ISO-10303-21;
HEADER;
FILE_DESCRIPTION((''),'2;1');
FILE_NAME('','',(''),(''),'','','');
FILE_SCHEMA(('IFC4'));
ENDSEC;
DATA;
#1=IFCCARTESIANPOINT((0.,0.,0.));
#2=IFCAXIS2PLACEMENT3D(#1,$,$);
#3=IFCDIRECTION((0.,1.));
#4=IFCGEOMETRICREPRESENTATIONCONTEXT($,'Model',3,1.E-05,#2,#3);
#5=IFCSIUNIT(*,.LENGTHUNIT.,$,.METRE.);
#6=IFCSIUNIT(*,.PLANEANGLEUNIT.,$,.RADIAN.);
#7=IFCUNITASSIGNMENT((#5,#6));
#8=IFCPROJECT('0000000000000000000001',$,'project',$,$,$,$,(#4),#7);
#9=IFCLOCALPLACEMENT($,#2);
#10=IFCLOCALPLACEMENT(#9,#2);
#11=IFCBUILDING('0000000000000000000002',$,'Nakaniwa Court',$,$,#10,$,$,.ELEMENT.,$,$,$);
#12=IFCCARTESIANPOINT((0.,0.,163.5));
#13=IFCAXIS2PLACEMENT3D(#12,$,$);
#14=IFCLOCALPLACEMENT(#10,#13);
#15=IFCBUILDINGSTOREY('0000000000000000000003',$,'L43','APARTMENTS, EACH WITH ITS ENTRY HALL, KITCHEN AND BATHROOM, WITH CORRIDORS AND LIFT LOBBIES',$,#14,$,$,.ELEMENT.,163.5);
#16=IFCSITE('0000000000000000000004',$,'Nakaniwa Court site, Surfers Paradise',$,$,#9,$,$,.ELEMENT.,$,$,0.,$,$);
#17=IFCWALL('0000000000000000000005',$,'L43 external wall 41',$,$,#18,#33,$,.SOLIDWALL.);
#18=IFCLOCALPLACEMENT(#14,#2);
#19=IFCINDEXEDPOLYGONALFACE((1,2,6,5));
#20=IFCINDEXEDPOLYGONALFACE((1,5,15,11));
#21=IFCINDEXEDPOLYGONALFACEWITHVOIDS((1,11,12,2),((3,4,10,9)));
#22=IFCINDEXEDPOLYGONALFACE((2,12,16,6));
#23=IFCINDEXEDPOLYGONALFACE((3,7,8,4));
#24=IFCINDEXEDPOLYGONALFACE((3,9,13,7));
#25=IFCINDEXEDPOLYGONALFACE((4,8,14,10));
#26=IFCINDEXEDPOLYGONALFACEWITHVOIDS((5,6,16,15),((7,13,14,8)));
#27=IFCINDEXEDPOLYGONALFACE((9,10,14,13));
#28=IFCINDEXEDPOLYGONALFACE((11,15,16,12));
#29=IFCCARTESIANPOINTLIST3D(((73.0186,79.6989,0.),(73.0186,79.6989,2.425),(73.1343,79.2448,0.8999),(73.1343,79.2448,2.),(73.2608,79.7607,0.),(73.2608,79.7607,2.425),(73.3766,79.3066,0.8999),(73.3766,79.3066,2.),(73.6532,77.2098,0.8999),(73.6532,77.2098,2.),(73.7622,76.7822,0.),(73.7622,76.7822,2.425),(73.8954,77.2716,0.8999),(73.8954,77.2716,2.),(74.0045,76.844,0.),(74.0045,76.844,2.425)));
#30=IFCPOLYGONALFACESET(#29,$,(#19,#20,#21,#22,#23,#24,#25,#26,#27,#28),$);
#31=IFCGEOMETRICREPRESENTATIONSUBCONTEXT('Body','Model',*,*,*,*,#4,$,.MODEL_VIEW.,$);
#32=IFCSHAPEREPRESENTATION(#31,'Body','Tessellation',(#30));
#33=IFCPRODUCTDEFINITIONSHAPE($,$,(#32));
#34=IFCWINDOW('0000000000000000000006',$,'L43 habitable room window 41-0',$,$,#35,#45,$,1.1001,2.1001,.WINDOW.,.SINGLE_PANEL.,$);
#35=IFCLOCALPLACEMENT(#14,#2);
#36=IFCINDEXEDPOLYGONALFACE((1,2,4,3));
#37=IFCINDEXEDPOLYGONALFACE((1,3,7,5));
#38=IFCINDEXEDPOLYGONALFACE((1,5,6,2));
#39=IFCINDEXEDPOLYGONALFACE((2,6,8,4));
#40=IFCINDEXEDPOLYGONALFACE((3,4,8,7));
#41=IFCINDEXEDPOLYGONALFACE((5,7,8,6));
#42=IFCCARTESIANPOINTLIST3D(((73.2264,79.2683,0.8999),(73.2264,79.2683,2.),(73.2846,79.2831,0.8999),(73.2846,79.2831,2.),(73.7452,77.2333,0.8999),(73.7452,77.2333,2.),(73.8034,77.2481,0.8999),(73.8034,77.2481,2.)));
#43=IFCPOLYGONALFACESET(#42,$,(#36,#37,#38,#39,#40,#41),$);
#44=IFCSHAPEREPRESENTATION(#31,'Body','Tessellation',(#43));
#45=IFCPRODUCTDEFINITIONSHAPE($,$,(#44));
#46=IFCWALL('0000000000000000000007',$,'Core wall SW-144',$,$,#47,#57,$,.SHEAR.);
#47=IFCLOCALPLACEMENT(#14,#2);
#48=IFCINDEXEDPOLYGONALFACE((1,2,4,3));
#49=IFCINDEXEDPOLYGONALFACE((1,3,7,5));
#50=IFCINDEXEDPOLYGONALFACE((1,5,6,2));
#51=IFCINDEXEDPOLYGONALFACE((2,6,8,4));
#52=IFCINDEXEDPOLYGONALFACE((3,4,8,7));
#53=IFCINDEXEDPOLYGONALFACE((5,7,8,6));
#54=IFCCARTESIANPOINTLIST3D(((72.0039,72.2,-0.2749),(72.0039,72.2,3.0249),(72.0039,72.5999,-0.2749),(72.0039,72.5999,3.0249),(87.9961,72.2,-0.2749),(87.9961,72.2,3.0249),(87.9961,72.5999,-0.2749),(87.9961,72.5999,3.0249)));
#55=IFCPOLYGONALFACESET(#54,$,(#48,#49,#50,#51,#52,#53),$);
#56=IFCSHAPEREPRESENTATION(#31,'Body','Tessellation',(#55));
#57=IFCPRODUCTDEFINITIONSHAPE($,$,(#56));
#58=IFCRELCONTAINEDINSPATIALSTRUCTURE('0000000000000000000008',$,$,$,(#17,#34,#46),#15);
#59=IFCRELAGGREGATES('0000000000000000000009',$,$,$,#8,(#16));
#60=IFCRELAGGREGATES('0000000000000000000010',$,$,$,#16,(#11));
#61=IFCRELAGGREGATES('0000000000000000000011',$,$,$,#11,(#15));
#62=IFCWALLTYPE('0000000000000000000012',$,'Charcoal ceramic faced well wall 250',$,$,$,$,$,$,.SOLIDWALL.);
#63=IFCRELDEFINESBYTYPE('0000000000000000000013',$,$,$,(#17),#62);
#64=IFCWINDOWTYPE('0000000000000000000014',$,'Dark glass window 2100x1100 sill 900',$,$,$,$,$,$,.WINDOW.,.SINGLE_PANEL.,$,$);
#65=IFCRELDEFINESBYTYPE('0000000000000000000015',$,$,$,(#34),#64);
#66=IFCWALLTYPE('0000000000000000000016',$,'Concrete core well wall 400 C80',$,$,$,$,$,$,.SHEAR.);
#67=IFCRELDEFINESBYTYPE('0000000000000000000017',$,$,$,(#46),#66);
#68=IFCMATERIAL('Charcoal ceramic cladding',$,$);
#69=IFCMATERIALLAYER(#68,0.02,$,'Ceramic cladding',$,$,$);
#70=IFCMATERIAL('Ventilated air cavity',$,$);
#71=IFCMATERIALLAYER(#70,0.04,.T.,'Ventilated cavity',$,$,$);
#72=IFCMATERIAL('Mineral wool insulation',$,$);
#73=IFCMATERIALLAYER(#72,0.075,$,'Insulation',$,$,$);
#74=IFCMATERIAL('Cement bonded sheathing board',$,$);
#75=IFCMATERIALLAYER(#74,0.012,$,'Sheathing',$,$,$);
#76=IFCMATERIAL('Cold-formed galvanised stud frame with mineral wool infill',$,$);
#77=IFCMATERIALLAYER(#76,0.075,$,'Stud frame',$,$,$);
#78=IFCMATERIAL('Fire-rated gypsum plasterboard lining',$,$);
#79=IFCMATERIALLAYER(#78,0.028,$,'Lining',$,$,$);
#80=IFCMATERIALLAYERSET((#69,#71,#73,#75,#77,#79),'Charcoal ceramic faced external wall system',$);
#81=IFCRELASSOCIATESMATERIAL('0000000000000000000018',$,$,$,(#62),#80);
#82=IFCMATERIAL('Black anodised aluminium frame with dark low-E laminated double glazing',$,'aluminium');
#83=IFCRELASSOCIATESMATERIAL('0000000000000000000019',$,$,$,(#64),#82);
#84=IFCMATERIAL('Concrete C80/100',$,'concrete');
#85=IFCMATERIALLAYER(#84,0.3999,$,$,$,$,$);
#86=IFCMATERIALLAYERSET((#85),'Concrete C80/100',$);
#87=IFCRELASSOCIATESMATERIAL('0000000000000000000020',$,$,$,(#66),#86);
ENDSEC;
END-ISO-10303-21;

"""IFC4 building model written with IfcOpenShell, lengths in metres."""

from ifc_helpers import new_model, si_unit, direction, frame, frame_2d, origin, place, context, subcontext, project, spatial, rectangle, extrude, material, layer, layer_set, type_object, element, fill, save


model = new_model("IFC4")

# Units and contexts
model_context = context("Model", 3, precision=1e-05, world=origin(), true_north=direction((0.0, 1.0)))
body_context = subcontext(model_context, "Body", "Model", "MODEL_VIEW")
ifc_project = project(units=[si_unit("LENGTHUNIT", "METRE"), si_unit("PLANEANGLEUNIT", "RADIAN")], contexts=[model_context])

# Site, building, storey
site_placement = place(None, origin())
site = spatial("IfcSite", under=ifc_project, at=site_placement, Name="Nakaniwa Court site, Surfers Paradise", CompositionType="ELEMENT", RefElevation=0.0)
building_placement = place(site_placement, origin())
building = spatial("IfcBuilding", under=site, at=building_placement, Name="Nakaniwa Court", CompositionType="ELEMENT")
storey_placement = place(building_placement, frame((0.0, 0.0, 163.5)))
storey = spatial("IfcBuildingStorey", under=building, at=storey_placement, Name="L43", Description="APARTMENTS, EACH WITH ITS ENTRY HALL, KITCHEN AND BATHROOM, WITH CORRIDORS AND LIFT LOBBIES", CompositionType="ELEMENT", Elevation=163.5)

# Shared definitions
ifc_material_1 = material(Name="Concrete C80/100", Category="concrete")

# Wall, opening, window
ifc_material_2 = material(Name="Charcoal ceramic cladding")
ifc_layer_1 = layer(ifc_material_2, 0.02, Name="Ceramic cladding")
ifc_material_3 = material(Name="Ventilated air cavity")
ifc_layer_2 = layer(ifc_material_3, 0.04, ventilated=True, Name="Ventilated cavity")
ifc_material_4 = material(Name="Mineral wool insulation")
ifc_layer_3 = layer(ifc_material_4, 0.075, Name="Insulation")
ifc_material_5 = material(Name="Cement bonded sheathing board")
ifc_layer_4 = layer(ifc_material_5, 0.012, Name="Sheathing")
ifc_material_6 = material(Name="Cold-formed galvanised stud frame with mineral wool infill")
ifc_layer_5 = layer(ifc_material_6, 0.075, Name="Stud frame")
ifc_material_7 = material(Name="Fire-rated gypsum plasterboard lining")
ifc_layer_6 = layer(ifc_material_7, 0.028, Name="Lining")
ifc_layer_set_1 = layer_set([ifc_layer_1, ifc_layer_2, ifc_layer_3, ifc_layer_4, ifc_layer_5, ifc_layer_6], Name="Charcoal ceramic faced external wall system")
wall_type_1 = type_object("IfcWallType", Name="Charcoal ceramic faced well wall 250", PredefinedType="SOLIDWALL", material=ifc_layer_set_1)
ifc_material_8 = material(Name="Black anodised aluminium frame with dark low-E laminated double glazing", Category="aluminium")
window_type = type_object("IfcWindowType", Name="Dark glass window 2100x1100 sill 900", PartitioningType="SINGLE_PANEL", PredefinedType="WINDOW", material=ifc_material_8)
wall_1_placement = place(storey_placement, frame((73.8833, 76.8132, 0.0), z_axis=(0.0, 0.0, 1.0), x_axis=(-0.247056, 0.969001, 0.0)))
wall_1 = element("IfcWall", 1, at=wall_1_placement, inside=storey, type_object=wall_type_1, Name="L43 external wall 41", PredefinedType="SOLIDWALL", context=body_context, shape_type="SweptSolid", body=[
    extrude(rectangle(XDim=3.01, YDim=0.25, at=frame_2d((1.5049, 0.0))), origin(), (0.0, 0.0, 1.0), 2.425),
])
opening_1_placement = place(wall_1_placement, frame((0.4412, 0.0, 0.8999)))
opening_1 = element("IfcOpeningElement", 2, at=opening_1_placement, cuts=wall_1, PredefinedType="OPENING", context=body_context, shape_type="SweptSolid", body=[
    extrude(rectangle(XDim=2.1001, YDim=1.1001, at=frame_2d((1.05, 0.55))), frame((0.0, 0.135, 0.0), z_axis=(0.0, -1.0, 0.0), x_axis=(1.0, 0.0, 0.0)), (0.0, 0.0, 1.0), 0.27),
])
window_1_placement = place(opening_1_placement, origin())
window_1 = element("IfcWindow", 3, at=window_1_placement, inside=storey, type_object=window_type, Name="L43 habitable room window 41-0", OverallHeight=1.1001, OverallWidth=2.1001, PartitioningType="SINGLE_PANEL", PredefinedType="WINDOW", context=body_context, shape_type="SweptSolid", body=[
    extrude(rectangle(XDim=2.1001, YDim=1.1001, at=frame_2d((1.05, 0.55))), frame((0.0, 0.03, 0.0), z_axis=(0.0, -1.0, 0.0), x_axis=(1.0, 0.0, 0.0)), (0.0, 0.0, 1.0), 0.0601),
])
fill(opening_1, window_1)

# Wall
ifc_layer_7 = layer(ifc_material_1, 0.3999)
ifc_layer_set_2 = layer_set([ifc_layer_7], Name="Concrete C80/100")
wall_type_2 = type_object("IfcWallType", Name="Concrete core well wall 400 C80", PredefinedType="SHEAR", material=ifc_layer_set_2)
wall_2_placement = place(storey_placement, frame((72.0039, 72.3999, -0.2749), z_axis=(0.0, 0.0, 1.0), x_axis=(1.0, 0.0, 0.0)))
element("IfcWall", 4, at=wall_2_placement, inside=storey, type_object=wall_type_2, Name="Core wall SW-144", PredefinedType="SHEAR", context=body_context, shape_type="SweptSolid", body=[
    extrude(rectangle(XDim=15.9922, YDim=0.3999, at=frame_2d((7.9961, 0.0))), origin(), (0.0, 0.0, 1.0), 3.2998),
])

save(model, "model.ifc")
